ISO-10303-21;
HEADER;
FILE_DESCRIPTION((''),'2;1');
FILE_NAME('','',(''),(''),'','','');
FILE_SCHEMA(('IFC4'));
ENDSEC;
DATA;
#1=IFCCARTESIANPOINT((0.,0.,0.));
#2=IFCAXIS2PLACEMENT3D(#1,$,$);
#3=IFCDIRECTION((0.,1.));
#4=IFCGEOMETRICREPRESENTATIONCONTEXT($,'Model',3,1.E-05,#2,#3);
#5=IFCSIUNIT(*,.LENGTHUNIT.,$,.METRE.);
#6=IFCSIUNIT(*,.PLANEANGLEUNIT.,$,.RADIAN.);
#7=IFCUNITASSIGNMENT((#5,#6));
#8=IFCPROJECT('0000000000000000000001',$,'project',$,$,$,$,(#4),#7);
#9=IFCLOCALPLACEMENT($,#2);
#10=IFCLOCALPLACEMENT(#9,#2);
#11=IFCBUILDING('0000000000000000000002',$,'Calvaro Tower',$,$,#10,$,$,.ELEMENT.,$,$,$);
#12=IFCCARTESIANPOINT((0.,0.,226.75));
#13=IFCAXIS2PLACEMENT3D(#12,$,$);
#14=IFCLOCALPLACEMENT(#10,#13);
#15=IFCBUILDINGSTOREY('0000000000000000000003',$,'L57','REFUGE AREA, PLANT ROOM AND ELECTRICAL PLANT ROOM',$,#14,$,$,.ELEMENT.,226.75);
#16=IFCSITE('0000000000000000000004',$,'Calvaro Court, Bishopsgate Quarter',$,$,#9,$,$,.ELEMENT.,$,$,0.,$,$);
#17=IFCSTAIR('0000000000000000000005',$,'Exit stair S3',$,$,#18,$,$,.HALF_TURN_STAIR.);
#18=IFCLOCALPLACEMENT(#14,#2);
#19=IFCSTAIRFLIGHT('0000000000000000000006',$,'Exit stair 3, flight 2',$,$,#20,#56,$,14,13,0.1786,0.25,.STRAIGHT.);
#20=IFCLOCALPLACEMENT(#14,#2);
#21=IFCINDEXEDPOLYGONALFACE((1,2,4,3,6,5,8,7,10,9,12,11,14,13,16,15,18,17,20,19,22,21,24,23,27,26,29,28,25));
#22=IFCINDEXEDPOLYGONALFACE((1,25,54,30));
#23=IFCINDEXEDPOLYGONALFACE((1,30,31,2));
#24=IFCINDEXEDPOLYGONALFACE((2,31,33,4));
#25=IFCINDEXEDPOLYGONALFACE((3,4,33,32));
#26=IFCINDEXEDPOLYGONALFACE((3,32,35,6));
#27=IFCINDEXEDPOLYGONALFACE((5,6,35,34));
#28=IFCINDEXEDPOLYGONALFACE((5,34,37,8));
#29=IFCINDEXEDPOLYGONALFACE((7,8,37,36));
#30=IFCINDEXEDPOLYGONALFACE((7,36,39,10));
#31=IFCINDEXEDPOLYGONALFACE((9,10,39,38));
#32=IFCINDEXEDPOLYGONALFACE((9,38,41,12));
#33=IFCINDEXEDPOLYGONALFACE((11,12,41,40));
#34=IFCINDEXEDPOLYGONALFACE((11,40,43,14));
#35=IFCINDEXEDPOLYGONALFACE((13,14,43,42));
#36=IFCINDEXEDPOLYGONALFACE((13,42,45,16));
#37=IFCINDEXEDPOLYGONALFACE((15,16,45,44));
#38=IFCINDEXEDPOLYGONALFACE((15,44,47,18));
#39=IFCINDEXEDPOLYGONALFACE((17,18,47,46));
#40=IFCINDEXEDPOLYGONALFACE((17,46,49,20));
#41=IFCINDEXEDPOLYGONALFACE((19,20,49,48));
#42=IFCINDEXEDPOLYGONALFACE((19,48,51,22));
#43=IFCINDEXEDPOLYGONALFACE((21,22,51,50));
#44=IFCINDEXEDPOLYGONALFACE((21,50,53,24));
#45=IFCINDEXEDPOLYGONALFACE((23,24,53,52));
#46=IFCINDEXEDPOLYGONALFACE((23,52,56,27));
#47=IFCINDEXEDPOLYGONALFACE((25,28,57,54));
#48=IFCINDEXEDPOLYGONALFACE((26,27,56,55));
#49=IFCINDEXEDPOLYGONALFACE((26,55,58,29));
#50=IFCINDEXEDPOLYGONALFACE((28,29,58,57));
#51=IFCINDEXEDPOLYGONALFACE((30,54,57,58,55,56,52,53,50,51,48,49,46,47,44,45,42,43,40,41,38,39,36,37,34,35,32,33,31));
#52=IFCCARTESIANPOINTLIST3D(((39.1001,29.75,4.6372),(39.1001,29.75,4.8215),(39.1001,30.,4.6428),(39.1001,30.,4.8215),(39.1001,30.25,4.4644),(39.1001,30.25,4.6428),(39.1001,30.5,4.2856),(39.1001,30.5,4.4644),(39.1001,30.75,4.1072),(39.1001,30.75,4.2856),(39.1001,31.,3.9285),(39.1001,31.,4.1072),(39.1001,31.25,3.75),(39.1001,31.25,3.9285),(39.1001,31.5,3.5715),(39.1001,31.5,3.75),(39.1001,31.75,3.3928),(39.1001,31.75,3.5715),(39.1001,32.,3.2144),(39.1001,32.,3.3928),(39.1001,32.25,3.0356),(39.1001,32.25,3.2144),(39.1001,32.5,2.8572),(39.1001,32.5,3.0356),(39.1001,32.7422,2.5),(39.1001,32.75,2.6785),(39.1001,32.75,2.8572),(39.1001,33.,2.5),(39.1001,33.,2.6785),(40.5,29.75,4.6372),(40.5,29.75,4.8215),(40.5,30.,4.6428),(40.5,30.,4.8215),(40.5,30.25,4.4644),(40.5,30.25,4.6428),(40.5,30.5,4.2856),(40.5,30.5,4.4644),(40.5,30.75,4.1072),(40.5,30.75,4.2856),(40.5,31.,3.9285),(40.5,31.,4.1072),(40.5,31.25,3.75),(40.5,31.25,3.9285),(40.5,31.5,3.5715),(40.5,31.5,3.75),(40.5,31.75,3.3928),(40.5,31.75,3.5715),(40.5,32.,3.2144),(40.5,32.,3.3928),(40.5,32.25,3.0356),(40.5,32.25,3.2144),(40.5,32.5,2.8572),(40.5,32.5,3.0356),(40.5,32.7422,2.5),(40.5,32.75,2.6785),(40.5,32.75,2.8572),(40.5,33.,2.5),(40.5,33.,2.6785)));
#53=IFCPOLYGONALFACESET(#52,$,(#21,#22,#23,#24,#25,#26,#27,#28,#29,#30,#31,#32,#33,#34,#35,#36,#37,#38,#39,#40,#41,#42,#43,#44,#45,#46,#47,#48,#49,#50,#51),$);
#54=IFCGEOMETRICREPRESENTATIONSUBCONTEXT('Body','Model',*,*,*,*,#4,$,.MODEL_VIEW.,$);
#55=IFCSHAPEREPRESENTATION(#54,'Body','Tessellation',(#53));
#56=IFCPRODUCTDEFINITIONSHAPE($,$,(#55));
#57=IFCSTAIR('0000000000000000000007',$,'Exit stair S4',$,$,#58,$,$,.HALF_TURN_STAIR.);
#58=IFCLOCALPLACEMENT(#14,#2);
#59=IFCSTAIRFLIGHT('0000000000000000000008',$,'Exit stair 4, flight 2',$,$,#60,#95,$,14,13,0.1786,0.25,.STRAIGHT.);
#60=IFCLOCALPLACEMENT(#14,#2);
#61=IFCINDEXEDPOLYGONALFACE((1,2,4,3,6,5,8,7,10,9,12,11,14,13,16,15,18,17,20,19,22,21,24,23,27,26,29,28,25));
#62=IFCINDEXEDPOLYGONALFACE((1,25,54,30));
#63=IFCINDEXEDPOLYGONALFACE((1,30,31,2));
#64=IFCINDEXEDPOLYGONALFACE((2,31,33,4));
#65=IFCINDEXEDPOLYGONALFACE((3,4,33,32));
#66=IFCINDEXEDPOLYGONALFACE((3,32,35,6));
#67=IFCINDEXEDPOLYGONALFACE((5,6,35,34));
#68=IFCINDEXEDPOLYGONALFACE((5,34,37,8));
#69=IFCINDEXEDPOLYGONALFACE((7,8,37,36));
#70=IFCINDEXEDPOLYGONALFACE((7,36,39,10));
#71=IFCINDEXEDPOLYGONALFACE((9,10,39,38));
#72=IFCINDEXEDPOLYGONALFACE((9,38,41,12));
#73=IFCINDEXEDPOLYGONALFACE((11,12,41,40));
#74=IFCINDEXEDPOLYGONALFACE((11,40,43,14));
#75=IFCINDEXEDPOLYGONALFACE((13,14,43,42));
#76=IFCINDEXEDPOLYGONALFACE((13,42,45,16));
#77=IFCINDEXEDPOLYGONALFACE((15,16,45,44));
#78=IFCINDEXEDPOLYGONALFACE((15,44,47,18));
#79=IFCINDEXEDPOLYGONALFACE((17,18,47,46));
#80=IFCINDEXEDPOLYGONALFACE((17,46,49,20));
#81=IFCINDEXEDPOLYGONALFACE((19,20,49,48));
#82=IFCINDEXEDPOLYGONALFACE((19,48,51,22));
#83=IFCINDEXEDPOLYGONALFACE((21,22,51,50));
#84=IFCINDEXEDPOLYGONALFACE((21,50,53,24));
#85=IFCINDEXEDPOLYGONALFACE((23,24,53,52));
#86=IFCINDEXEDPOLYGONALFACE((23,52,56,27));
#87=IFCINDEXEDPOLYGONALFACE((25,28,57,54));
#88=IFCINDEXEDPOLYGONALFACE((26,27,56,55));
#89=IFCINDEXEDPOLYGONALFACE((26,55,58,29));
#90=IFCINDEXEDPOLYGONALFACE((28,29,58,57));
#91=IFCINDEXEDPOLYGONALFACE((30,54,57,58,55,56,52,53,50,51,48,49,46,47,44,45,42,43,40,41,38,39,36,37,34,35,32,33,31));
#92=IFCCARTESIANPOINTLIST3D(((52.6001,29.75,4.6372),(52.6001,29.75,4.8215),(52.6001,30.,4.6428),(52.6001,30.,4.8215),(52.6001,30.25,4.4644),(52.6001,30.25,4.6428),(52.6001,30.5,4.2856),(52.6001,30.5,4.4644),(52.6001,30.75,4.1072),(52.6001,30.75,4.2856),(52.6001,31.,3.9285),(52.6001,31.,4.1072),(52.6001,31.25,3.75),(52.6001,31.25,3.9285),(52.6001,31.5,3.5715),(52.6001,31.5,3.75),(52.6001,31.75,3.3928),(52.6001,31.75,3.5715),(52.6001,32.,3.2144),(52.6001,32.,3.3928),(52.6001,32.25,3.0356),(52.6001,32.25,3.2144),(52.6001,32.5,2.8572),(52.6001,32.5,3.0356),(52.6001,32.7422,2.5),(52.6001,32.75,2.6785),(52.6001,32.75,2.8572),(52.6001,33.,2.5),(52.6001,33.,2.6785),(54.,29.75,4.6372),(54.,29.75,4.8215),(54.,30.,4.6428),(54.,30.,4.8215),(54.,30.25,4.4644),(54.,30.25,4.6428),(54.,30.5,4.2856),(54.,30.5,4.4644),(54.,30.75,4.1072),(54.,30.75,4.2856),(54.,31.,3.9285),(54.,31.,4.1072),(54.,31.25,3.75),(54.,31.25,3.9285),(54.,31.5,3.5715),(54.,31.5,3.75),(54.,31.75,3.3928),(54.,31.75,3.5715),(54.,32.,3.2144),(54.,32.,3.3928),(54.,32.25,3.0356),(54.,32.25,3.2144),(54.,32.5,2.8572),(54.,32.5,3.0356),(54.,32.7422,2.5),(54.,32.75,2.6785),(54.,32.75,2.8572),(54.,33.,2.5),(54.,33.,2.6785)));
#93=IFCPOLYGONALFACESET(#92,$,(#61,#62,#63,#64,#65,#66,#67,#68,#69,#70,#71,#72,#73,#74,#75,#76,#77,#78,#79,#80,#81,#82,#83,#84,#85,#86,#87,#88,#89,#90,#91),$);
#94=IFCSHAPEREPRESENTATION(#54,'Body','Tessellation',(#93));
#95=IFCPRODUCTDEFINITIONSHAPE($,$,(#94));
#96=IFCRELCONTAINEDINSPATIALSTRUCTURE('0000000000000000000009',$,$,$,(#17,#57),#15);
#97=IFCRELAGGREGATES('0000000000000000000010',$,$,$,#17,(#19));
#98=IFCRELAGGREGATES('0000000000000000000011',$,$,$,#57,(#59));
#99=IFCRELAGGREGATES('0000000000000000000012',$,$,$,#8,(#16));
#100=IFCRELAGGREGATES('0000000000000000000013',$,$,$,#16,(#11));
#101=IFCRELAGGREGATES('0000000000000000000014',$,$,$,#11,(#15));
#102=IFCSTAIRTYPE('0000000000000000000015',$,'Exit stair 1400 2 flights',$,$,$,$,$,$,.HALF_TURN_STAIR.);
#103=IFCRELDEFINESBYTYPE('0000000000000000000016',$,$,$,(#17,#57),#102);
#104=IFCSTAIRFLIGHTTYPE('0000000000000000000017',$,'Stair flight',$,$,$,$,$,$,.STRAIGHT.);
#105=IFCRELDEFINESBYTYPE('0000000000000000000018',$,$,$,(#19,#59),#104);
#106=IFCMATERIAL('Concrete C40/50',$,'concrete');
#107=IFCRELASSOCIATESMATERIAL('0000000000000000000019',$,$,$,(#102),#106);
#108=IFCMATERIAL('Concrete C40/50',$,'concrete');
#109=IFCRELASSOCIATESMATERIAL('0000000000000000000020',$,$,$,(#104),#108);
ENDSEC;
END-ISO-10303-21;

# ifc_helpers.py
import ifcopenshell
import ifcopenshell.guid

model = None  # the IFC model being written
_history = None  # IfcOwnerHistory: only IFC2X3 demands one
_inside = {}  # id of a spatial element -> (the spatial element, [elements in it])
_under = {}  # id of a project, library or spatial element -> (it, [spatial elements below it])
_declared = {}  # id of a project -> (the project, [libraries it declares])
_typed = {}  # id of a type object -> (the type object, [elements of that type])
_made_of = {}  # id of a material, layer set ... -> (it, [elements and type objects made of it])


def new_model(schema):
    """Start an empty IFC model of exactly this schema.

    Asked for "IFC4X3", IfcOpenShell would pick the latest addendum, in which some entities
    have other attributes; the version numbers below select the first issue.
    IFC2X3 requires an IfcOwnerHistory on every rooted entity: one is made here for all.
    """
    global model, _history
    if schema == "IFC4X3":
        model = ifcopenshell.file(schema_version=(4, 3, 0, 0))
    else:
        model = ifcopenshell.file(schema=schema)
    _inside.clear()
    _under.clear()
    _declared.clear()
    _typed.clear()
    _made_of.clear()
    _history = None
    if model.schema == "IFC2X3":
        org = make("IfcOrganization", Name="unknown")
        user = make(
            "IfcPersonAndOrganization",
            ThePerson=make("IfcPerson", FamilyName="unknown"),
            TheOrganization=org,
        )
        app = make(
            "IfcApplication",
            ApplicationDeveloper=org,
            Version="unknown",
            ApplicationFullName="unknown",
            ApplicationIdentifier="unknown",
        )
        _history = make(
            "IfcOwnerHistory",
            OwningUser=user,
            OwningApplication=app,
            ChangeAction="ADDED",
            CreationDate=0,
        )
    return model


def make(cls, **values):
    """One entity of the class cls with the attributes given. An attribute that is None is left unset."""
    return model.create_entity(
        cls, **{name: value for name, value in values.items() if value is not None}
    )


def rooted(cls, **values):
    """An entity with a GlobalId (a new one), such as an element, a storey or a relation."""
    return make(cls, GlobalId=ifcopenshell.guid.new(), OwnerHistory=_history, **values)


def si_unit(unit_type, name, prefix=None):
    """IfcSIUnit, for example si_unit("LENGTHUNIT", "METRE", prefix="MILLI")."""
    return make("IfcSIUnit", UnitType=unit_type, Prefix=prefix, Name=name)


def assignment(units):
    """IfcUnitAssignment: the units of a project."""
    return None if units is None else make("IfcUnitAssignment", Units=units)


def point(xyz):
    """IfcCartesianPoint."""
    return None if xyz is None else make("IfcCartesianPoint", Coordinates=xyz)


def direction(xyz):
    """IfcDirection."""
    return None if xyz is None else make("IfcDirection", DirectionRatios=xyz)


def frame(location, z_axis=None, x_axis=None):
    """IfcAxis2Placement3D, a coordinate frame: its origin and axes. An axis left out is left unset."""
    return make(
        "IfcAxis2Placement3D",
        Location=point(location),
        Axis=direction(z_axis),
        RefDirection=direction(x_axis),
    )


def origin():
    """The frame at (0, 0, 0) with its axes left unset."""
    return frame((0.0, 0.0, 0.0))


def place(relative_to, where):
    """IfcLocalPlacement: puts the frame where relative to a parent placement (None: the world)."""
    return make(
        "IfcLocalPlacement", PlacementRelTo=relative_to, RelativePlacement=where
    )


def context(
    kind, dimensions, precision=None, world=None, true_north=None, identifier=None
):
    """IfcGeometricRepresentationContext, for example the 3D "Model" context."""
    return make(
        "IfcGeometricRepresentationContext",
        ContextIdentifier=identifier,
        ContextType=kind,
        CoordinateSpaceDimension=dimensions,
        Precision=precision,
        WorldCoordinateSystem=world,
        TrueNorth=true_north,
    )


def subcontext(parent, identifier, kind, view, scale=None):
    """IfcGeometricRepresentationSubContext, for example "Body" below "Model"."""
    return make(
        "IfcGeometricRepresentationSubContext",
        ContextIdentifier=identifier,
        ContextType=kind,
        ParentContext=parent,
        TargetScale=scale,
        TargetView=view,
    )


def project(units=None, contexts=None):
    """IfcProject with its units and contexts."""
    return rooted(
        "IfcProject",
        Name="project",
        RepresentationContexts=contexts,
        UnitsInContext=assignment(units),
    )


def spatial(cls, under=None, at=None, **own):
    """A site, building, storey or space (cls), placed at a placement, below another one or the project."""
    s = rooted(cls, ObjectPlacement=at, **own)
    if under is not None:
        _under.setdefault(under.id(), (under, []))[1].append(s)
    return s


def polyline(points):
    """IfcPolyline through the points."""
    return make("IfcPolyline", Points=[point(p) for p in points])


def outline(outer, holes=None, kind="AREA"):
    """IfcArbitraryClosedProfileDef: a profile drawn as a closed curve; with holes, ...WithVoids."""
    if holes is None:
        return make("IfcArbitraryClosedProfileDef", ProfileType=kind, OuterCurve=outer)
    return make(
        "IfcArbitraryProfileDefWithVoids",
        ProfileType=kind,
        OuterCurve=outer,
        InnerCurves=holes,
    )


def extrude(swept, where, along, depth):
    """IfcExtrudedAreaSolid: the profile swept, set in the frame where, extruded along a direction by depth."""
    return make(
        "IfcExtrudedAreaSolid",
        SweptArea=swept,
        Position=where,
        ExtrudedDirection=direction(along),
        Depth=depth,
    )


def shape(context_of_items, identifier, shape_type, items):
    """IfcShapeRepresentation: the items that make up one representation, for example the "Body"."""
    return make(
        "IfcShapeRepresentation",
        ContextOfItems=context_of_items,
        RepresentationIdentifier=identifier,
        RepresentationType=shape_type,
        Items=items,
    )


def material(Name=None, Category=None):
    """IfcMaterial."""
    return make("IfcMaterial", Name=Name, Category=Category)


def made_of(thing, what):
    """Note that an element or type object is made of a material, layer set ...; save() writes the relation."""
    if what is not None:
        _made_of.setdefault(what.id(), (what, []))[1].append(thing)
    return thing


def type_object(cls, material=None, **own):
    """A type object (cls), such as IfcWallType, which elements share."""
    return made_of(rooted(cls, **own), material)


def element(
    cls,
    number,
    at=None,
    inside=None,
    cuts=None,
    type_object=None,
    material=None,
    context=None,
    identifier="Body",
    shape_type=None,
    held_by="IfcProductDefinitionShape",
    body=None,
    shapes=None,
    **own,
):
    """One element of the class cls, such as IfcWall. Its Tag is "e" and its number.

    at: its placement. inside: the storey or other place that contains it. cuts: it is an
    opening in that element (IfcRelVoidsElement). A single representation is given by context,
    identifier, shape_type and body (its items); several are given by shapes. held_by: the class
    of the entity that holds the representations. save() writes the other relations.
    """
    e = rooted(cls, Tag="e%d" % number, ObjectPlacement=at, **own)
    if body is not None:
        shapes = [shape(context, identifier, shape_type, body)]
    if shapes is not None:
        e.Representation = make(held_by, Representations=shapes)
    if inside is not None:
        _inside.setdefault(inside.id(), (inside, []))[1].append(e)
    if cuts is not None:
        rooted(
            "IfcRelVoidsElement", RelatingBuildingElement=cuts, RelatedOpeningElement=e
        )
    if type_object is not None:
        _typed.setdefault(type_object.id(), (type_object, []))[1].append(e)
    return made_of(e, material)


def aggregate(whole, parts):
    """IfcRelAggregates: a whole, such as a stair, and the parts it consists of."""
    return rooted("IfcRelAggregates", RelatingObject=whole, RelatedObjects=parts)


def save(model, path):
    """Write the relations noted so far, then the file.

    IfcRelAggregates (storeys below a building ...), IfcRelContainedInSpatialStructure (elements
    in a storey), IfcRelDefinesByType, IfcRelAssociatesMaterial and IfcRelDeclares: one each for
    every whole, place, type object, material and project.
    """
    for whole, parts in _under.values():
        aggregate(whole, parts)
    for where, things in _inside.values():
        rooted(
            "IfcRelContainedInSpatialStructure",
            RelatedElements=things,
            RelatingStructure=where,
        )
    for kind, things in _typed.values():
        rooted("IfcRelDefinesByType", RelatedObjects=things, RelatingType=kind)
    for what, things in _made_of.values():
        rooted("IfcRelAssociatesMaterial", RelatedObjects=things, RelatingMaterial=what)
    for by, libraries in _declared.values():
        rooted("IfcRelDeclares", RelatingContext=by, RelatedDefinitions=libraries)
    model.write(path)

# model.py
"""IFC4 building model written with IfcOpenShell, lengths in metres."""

from ifc_helpers import new_model, si_unit, direction, frame, origin, place, context, subcontext, project, spatial, polyline, outline, extrude, material, type_object, element, aggregate, save


model = new_model("IFC4")

# Units and contexts
model_context = context("Model", 3, precision=1e-05, world=origin(), true_north=direction((0.0, 1.0)))
body_context = subcontext(model_context, "Body", "Model", "MODEL_VIEW")
ifc_project = project(units=[si_unit("LENGTHUNIT", "METRE"), si_unit("PLANEANGLEUNIT", "RADIAN")], contexts=[model_context])

# Site, building, storey
site_placement = place(None, origin())
site = spatial("IfcSite", under=ifc_project, at=site_placement, Name="Calvaro Court, Bishopsgate Quarter", CompositionType="ELEMENT", RefElevation=0.0)
building_placement = place(site_placement, origin())
building = spatial("IfcBuilding", under=site, at=building_placement, Name="Calvaro Tower", CompositionType="ELEMENT")
storey_placement = place(building_placement, frame((0.0, 0.0, 226.75)))
storey = spatial("IfcBuildingStorey", under=building, at=storey_placement, Name="L57", Description="REFUGE AREA, PLANT ROOM AND ELECTRICAL PLANT ROOM", CompositionType="ELEMENT", Elevation=226.75)

# Stairs, stair flights
ifc_material_1 = material(Name="Concrete C40/50", Category="concrete")
stair_type = type_object("IfcStairType", Name="Exit stair 1400 2 flights", PredefinedType="HALF_TURN_STAIR", material=ifc_material_1)
stair_1_placement = place(storey_placement, origin())
stair_1 = element("IfcStair", 1, at=stair_1_placement, inside=storey, type_object=stair_type, Name="Exit stair S3", PredefinedType="HALF_TURN_STAIR")
ifc_material_2 = material(Name="Concrete C40/50", Category="concrete")
stair_flight_type = type_object("IfcStairFlightType", Name="Stair flight", PredefinedType="STRAIGHT", material=ifc_material_2)
stair_flight_1_placement = place(storey_placement, frame((39.8, 33.0, 2.5), z_axis=(0.0, 0.0, 1.0), x_axis=(0.0, -1.0, 0.0)))
stair_flight_1 = element("IfcStairFlight", 2, at=stair_flight_1_placement, type_object=stair_flight_type, Name="Exit stair 3, flight 2", NumberOfRisers=14, NumberOfTreads=13, PredefinedType="STRAIGHT", RiserHeight=0.1786, TreadLength=0.25, context=body_context, shape_type="SweptSolid", body=[
    extrude(outline(polyline([(0.0, 0.0), (0.0, 0.1785), (0.25, 0.1785), (0.25, 0.3572), (0.5, 0.3572), (0.5, 0.5356), (0.75, 0.5356), (0.75, 0.7144), (1.0, 0.7144), (1.0, 0.8928), (1.25, 0.8928), (1.25, 1.0715), (1.5, 1.0715), (1.5, 1.25), (1.75, 1.25), (1.75, 1.4285), (2.0, 1.4285), (2.0, 1.6072), (2.25, 1.6072), (2.25, 1.7856), (2.5, 1.7856), (2.5, 1.9644), (2.75, 1.9644), (2.75, 2.1428), (3.0, 2.1428), (3.0, 2.3215), (3.25, 2.3215), (3.25, 2.5), (3.25, 2.1372), (0.2578, 0.0), (0.0, 0.0)])), frame((0.0, 0.7, 0.0), z_axis=(0.0, -1.0, 0.0), x_axis=(1.0, 0.0, 0.0)), (0.0, 0.0, 1.0), 1.3999),
])
stair_2_placement = place(storey_placement, origin())
stair_2 = element("IfcStair", 3, at=stair_2_placement, inside=storey, type_object=stair_type, Name="Exit stair S4", PredefinedType="HALF_TURN_STAIR")
stair_flight_2_placement = place(storey_placement, frame((53.3, 33.0, 2.5), z_axis=(0.0, 0.0, 1.0), x_axis=(0.0, -1.0, 0.0)))
stair_flight_2 = element("IfcStairFlight", 4, at=stair_flight_2_placement, type_object=stair_flight_type, Name="Exit stair 4, flight 2", NumberOfRisers=14, NumberOfTreads=13, PredefinedType="STRAIGHT", RiserHeight=0.1786, TreadLength=0.25, context=body_context, shape_type="SweptSolid", body=[
    extrude(outline(polyline([(0.0, 0.0), (0.0, 0.1785), (0.25, 0.1785), (0.25, 0.3572), (0.5, 0.3572), (0.5, 0.5356), (0.75, 0.5356), (0.75, 0.7144), (1.0, 0.7144), (1.0, 0.8928), (1.25, 0.8928), (1.25, 1.0715), (1.5, 1.0715), (1.5, 1.25), (1.75, 1.25), (1.75, 1.4285), (2.0, 1.4285), (2.0, 1.6072), (2.25, 1.6072), (2.25, 1.7856), (2.5, 1.7856), (2.5, 1.9644), (2.75, 1.9644), (2.75, 2.1428), (3.0, 2.1428), (3.0, 2.3215), (3.25, 2.3215), (3.25, 2.5), (3.25, 2.1372), (0.2578, 0.0), (0.0, 0.0)])), frame((0.0, 0.7, 0.0), z_axis=(0.0, -1.0, 0.0), x_axis=(1.0, 0.0, 0.0)), (0.0, 0.0, 1.0), 1.3999),
])

aggregate(stair_1, [stair_flight_1])
aggregate(stair_2, [stair_flight_2])

save(model, "model.ifc")
